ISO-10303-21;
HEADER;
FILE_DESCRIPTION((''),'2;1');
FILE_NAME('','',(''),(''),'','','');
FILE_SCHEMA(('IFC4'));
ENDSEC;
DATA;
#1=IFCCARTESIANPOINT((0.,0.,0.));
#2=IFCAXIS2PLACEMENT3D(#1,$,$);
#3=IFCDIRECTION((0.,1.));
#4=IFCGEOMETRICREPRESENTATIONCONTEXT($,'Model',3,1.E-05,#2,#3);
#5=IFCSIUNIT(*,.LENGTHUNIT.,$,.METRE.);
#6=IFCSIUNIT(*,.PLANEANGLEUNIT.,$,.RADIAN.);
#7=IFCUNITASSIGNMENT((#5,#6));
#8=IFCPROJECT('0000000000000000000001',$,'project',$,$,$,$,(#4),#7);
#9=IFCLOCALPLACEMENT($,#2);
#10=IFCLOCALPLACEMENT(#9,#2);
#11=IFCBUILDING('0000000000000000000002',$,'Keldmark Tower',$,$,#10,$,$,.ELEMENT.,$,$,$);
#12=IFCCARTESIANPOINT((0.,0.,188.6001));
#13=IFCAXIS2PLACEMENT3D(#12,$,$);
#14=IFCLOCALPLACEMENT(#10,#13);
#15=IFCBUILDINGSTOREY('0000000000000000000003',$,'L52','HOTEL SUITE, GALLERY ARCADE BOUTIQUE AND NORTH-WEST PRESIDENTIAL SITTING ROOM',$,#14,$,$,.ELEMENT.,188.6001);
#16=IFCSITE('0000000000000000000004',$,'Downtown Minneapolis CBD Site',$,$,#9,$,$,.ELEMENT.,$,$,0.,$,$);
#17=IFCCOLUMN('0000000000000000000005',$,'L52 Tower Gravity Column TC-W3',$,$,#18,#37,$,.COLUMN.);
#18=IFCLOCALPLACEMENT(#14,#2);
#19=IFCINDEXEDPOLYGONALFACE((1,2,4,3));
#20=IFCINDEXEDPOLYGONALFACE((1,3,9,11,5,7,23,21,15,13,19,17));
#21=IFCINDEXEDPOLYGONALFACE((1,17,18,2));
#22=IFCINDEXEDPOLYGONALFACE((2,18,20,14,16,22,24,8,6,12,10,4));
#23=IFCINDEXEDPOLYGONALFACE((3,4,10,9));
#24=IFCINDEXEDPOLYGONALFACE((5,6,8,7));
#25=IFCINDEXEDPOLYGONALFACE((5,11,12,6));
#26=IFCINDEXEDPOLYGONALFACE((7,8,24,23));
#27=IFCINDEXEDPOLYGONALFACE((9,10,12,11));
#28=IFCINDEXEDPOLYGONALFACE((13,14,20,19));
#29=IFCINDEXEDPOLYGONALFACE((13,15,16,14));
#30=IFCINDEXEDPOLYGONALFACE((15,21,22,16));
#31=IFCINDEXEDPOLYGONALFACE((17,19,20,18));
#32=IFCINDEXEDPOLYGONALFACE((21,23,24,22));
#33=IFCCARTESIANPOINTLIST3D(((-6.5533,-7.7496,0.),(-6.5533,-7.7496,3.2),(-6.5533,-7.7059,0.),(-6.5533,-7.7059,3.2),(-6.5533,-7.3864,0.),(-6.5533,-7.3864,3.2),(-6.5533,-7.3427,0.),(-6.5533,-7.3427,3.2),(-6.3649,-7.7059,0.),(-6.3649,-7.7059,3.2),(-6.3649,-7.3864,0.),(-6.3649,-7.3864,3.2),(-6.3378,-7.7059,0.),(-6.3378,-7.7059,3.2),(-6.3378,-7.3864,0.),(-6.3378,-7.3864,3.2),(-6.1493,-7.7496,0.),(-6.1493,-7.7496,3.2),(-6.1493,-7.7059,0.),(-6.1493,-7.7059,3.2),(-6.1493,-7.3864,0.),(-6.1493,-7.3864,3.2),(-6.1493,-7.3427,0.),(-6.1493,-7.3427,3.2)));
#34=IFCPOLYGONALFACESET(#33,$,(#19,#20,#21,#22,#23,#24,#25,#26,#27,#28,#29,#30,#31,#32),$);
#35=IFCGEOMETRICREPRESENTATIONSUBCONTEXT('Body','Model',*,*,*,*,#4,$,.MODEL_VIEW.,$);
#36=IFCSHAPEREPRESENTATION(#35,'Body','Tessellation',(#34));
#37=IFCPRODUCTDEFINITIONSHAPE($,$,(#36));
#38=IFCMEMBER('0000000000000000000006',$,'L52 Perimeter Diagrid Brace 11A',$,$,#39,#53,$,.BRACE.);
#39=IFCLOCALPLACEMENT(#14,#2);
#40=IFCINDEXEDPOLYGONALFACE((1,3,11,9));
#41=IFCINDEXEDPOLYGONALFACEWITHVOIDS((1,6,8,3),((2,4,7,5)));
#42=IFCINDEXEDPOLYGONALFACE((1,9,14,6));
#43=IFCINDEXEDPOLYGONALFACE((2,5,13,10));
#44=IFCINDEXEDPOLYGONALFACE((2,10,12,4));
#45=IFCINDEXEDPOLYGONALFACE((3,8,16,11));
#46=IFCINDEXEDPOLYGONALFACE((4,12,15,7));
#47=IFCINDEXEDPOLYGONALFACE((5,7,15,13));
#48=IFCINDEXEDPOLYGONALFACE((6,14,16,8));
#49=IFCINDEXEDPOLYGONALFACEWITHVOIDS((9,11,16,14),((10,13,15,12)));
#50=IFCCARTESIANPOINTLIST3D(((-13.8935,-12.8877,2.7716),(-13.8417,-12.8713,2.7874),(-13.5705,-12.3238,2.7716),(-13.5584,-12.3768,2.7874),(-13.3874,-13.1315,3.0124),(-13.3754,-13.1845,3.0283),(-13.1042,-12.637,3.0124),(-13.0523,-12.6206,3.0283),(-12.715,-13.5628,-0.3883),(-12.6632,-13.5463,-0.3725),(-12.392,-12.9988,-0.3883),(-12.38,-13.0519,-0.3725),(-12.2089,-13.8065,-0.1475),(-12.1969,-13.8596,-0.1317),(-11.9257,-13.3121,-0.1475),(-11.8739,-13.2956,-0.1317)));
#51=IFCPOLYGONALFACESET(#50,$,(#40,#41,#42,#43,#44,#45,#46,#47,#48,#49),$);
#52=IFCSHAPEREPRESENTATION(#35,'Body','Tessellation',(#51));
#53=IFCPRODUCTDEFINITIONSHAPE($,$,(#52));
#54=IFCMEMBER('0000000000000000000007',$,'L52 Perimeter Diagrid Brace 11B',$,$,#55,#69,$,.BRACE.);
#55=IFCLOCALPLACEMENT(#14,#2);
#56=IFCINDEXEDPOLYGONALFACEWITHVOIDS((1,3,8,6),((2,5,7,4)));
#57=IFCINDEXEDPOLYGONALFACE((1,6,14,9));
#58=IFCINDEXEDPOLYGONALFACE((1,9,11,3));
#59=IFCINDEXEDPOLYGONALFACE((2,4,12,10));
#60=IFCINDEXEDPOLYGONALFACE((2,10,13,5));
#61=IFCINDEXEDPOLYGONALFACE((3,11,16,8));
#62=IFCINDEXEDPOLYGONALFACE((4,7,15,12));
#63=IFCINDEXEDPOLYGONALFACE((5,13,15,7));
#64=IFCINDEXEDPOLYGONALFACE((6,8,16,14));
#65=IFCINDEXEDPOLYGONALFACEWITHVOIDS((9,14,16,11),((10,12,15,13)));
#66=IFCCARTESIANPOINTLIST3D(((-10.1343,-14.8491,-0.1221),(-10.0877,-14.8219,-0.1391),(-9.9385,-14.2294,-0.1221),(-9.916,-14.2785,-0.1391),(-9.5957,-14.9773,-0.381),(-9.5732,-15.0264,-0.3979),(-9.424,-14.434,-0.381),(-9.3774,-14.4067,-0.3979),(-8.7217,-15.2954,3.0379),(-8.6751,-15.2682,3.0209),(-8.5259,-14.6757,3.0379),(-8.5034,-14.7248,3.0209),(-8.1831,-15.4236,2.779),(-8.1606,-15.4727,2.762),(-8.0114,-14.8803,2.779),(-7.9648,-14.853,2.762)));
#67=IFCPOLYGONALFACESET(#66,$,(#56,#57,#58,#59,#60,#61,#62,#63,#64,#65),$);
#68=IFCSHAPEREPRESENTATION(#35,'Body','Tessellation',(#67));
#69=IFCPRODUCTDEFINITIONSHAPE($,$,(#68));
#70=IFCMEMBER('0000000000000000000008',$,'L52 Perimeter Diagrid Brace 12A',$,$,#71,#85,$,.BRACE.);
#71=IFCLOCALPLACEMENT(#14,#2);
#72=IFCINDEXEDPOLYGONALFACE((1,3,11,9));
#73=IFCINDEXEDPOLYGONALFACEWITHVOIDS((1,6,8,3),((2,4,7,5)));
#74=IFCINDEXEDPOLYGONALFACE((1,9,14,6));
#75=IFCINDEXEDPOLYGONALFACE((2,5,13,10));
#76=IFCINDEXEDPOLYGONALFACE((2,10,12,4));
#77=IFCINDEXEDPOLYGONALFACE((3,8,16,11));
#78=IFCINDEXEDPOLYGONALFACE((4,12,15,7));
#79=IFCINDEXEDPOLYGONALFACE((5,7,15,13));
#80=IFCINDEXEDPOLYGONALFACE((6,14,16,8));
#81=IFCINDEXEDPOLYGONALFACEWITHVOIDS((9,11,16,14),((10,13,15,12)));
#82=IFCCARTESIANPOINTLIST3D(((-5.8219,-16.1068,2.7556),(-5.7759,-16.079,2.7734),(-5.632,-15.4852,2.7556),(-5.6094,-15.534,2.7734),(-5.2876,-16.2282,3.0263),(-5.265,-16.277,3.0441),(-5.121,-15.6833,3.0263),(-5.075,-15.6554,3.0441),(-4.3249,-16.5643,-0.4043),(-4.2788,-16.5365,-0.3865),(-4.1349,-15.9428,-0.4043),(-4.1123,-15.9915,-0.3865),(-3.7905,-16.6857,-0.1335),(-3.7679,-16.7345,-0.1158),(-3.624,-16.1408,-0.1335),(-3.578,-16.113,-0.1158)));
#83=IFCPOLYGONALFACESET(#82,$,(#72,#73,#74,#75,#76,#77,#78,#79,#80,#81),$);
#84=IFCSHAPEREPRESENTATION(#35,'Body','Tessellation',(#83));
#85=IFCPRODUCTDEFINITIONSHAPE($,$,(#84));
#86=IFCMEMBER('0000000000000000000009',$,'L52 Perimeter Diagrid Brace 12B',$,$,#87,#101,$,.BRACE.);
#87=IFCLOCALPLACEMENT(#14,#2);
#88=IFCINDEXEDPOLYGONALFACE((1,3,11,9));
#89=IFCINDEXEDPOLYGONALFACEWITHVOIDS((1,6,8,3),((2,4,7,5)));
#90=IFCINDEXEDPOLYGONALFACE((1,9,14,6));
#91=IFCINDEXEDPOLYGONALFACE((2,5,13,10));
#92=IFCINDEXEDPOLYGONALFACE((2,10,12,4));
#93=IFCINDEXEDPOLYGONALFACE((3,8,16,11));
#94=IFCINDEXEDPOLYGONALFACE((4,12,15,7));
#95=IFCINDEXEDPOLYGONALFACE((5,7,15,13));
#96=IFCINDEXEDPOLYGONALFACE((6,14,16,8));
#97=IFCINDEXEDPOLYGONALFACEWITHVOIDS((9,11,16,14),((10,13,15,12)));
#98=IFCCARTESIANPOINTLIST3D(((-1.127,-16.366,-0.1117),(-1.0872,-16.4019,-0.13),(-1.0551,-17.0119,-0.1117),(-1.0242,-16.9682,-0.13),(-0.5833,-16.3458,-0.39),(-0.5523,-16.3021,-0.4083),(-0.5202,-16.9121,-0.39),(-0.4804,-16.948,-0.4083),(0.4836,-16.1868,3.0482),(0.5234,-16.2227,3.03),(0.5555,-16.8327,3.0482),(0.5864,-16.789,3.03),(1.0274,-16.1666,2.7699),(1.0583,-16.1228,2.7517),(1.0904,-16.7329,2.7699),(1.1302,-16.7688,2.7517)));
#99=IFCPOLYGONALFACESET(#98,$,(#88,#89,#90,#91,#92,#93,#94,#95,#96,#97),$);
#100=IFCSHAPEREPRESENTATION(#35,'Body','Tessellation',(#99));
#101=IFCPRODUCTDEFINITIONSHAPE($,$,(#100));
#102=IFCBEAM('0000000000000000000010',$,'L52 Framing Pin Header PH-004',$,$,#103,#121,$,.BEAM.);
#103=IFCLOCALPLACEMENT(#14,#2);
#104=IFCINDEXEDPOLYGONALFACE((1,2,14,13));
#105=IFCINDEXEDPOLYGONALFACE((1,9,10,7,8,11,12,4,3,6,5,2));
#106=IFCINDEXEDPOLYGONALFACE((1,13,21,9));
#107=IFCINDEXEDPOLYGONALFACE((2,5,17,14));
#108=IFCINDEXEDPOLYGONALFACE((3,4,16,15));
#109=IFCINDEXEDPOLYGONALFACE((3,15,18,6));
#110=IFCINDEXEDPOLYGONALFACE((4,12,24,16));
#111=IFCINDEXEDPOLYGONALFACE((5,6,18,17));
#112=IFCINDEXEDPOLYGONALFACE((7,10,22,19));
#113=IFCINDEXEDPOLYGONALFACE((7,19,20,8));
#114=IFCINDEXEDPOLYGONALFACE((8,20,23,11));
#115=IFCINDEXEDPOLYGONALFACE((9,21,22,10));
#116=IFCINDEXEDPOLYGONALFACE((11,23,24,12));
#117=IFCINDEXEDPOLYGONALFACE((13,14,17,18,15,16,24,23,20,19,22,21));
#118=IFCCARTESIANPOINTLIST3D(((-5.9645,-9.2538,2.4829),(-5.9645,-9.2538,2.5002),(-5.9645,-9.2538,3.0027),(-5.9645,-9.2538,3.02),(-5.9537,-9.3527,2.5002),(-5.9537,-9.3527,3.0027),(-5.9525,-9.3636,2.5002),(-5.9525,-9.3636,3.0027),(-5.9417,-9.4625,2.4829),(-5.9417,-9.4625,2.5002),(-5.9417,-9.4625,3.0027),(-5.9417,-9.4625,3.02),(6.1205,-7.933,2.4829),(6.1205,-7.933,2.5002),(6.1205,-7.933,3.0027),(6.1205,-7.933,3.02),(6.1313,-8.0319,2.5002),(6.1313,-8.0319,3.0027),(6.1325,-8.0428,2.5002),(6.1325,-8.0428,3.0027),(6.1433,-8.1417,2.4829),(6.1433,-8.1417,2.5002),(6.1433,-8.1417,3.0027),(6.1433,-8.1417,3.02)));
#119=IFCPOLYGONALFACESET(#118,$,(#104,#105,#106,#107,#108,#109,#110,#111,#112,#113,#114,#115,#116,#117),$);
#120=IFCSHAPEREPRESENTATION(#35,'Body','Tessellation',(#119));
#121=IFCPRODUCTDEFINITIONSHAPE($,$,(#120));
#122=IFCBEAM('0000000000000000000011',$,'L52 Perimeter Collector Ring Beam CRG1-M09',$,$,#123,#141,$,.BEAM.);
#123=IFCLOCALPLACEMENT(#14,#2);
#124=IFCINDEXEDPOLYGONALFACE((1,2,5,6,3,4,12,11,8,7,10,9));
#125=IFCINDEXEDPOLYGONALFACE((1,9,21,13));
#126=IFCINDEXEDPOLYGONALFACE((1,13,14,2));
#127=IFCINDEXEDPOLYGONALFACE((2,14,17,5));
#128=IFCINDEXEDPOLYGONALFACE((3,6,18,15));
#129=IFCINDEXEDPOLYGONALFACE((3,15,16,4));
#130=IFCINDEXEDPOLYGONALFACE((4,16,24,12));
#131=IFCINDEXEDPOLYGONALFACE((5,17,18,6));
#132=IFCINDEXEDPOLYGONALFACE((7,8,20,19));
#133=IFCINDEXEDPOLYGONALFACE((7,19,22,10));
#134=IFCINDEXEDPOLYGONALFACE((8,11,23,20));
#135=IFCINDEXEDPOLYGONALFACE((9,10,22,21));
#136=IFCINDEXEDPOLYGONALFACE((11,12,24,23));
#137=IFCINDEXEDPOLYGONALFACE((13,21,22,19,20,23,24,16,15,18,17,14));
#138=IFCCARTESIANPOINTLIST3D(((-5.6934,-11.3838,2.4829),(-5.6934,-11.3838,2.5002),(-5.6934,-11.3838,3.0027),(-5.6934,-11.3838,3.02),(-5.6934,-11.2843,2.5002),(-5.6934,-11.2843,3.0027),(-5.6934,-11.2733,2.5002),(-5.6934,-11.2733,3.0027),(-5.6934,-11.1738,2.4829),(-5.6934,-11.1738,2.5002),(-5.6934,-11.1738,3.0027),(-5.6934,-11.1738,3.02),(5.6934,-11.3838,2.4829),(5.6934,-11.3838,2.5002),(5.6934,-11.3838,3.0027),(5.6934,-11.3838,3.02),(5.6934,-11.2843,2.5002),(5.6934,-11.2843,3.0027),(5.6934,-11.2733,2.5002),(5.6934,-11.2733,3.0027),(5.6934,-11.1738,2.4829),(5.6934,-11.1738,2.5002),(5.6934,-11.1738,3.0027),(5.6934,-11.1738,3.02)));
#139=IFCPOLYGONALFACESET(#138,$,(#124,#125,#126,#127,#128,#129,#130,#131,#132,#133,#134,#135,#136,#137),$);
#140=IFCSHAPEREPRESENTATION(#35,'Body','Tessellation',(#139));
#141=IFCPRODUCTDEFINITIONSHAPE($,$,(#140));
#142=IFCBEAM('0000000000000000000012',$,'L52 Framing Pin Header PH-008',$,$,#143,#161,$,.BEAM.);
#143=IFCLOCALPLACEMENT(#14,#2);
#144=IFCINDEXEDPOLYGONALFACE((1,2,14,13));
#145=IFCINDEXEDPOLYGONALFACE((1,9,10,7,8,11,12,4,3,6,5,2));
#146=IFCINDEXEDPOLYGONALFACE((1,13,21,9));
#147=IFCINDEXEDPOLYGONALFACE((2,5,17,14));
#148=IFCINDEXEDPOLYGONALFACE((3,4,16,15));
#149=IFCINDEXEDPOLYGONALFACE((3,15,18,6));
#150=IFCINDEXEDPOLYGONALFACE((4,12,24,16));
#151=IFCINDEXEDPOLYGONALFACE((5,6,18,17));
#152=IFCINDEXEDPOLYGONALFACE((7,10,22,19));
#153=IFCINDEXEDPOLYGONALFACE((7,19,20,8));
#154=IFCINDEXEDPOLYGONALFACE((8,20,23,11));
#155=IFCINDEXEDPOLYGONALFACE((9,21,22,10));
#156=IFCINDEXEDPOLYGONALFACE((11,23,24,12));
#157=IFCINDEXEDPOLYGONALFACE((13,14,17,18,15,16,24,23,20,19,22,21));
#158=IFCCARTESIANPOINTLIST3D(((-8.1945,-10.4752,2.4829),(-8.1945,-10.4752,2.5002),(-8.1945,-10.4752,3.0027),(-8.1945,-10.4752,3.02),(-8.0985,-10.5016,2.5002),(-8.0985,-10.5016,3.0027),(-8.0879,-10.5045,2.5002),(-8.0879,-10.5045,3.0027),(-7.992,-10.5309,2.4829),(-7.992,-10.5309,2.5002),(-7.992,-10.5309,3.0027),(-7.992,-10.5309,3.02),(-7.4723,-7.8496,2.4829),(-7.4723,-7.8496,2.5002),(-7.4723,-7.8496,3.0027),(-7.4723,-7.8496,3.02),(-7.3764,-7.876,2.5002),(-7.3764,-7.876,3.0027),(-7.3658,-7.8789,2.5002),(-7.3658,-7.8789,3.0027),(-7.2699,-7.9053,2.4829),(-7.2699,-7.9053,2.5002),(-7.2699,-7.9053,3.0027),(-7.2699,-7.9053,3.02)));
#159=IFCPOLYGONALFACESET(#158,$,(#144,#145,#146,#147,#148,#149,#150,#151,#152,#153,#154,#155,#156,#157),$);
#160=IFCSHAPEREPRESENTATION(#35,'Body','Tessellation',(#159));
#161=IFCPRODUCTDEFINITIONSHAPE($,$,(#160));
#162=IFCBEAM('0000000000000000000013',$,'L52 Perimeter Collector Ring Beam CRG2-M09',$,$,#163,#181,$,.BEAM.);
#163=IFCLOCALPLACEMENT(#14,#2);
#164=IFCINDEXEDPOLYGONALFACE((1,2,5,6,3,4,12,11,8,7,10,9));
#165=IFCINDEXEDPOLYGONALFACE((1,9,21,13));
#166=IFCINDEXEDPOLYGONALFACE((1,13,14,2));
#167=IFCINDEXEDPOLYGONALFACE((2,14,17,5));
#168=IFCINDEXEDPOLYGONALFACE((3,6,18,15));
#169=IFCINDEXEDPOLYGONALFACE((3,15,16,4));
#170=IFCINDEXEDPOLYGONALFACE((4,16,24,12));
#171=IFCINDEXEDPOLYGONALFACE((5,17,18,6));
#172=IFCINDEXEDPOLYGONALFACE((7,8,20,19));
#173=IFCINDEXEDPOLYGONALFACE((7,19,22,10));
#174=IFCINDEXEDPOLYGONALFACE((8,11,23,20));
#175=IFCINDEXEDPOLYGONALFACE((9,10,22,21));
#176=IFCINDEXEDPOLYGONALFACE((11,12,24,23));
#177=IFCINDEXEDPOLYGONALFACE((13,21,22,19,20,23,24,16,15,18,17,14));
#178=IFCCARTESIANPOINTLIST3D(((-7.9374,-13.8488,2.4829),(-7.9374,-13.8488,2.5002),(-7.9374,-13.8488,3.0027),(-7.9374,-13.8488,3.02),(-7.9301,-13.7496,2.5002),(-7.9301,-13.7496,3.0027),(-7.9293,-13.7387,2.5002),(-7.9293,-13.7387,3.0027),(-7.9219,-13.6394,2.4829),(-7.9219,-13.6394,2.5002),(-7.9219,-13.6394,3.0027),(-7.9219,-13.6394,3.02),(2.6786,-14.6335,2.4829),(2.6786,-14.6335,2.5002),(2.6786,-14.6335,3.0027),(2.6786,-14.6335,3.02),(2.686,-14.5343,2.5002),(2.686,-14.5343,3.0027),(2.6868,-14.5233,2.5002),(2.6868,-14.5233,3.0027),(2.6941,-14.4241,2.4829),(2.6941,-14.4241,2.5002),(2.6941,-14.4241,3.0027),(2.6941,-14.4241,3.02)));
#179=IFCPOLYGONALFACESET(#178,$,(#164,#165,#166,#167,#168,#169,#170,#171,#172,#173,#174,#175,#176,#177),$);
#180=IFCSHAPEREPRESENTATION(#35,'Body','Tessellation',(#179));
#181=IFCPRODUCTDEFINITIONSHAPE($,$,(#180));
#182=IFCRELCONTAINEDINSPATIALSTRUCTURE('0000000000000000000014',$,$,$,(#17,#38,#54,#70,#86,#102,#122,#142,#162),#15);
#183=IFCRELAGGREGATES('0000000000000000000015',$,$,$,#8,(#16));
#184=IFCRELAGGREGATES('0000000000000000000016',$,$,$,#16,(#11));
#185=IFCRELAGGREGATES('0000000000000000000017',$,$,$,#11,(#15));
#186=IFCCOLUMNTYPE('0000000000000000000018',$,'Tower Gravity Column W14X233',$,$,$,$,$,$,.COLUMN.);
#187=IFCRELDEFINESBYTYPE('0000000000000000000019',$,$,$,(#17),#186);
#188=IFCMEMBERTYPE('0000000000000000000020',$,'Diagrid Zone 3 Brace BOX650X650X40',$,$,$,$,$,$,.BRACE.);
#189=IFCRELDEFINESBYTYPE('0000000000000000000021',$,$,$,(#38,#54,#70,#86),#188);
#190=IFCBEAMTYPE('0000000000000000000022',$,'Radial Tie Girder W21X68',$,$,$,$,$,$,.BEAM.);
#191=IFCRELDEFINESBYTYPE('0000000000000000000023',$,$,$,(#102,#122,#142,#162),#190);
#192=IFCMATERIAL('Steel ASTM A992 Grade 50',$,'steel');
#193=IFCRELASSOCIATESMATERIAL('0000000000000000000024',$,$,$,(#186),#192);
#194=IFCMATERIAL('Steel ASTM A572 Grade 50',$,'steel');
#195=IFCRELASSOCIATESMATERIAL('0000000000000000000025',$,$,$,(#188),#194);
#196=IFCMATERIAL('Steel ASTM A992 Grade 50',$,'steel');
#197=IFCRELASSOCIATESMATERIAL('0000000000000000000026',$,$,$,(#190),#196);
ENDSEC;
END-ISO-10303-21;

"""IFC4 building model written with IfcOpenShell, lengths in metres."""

from ifc_helpers import new_model, si_unit, direction, frame, origin, origin_2d, place, context, subcontext, project, spatial, hollow_rectangle, i_section, extrude, material, material_profile, profile_set, type_object, element, save


model = new_model("IFC4")

# Units and contexts
model_context = context("Model", 3, precision=1e-05, world=origin(), true_north=direction((0.0, 1.0)))
body_context = subcontext(model_context, "Body", "Model", "MODEL_VIEW")
ifc_project = project(units=[si_unit("LENGTHUNIT", "METRE"), si_unit("PLANEANGLEUNIT", "RADIAN")], contexts=[model_context])

# Site, building, storey
site_placement = place(None, origin())
site = spatial("IfcSite", under=ifc_project, at=site_placement, Name="Downtown Minneapolis CBD Site", CompositionType="ELEMENT", RefElevation=0.0)
building_placement = place(site_placement, origin())
building = spatial("IfcBuilding", under=site, at=building_placement, Name="Keldmark Tower", CompositionType="ELEMENT")
storey_placement = place(building_placement, frame((0.0, 0.0, 188.6001)))
storey = spatial("IfcBuildingStorey", under=building, at=storey_placement, Name="L52", Description="HOTEL SUITE, GALLERY ARCADE BOUTIQUE AND NORTH-WEST PRESIDENTIAL SITTING ROOM", CompositionType="ELEMENT", Elevation=188.6001)

# Column
ifc_material_1 = material(Name="Steel ASTM A992 Grade 50", Category="steel")
ifc_material_profile_1 = material_profile(ifc_material_1, i_section(OverallWidth=0.4041, OverallDepth=0.407, WebThickness=0.0271, FlangeThickness=0.0437, at=origin_2d()), Name="W14X233")
ifc_profile_set_1 = profile_set([ifc_material_profile_1], Name="Steel ASTM A992 Grade 50")
column_type = type_object("IfcColumnType", Name="Tower Gravity Column W14X233", PredefinedType="COLUMN", material=ifc_profile_set_1)
column_placement = place(storey_placement, frame((-6.3513, -7.5461, 0.0), z_axis=(0.0, 0.0, 1.0), x_axis=(1.0, 0.0, 0.0)))
element("IfcColumn", 1, at=column_placement, inside=storey, type_object=column_type, Name="L52 Tower Gravity Column TC-W3", PredefinedType="COLUMN", context=body_context, shape_type="SweptSolid", body=[
    extrude(i_section(OverallWidth=0.4041, OverallDepth=0.407, WebThickness=0.0271, FlangeThickness=0.0437, at=origin_2d()), origin(), (0.0, 0.0, 1.0), 3.2),
])

# Members
ifc_material_2 = material(Name="Steel ASTM A572 Grade 50", Category="steel")
ifc_material_profile_2 = material_profile(ifc_material_2, hollow_rectangle(XDim=0.6499, YDim=0.6499, WallThickness=0.04, at=origin_2d()), Name="BOX650X650X40")
ifc_profile_set_2 = profile_set([ifc_material_profile_2], Name="Steel ASTM A572 Grade 50")
member_type = type_object("IfcMemberType", Name="Diagrid Zone 3 Brace BOX650X650X40", PredefinedType="BRACE", material=ifc_profile_set_2)
member_1_placement = place(storey_placement, frame((-12.2944, -13.4292, -0.26), z_axis=(-0.342637, 0.196269, 0.918738), x_axis=(-0.497049, -0.867723, 0.0)))
element("IfcMember", 2, at=member_1_placement, inside=storey, type_object=member_type, Name="L52 Perimeter Diagrid Brace 11A", PredefinedType="BRACE", context=body_context, shape_type="SweptSolid", body=[
    extrude(hollow_rectangle(XDim=0.6499, YDim=0.6499, WallThickness=0.04, at=origin_2d()), origin(), (0.0, 0.0, 1.0), 3.4395),
])
member_2_placement = place(storey_placement, frame((-9.7559, -14.6279, -0.26), z_axis=(0.404763, -0.127879, 0.905436), x_axis=(0.301258, 0.953543, 0.0)))
element("IfcMember", 3, at=member_2_placement, inside=storey, type_object=member_type, Name="L52 Perimeter Diagrid Brace 11B", PredefinedType="BRACE", context=body_context, shape_type="SweptSolid", body=[
    extrude(hollow_rectangle(XDim=0.6499, YDim=0.6499, WallThickness=0.04, at=origin_2d()), origin(), (0.0, 0.0, 1.0), 3.49),
])
member_3_placement = place(storey_placement, frame((-3.9514, -16.3386, -0.26), z_axis=(-0.424531, 0.129741, 0.89607), x_axis=(-0.292266, -0.956337, 0.0)))
element("IfcMember", 4, at=member_3_placement, inside=storey, type_object=member_type, Name="L52 Perimeter Diagrid Brace 12A", PredefinedType="BRACE", context=body_context, shape_type="SweptSolid", body=[
    extrude(hollow_rectangle(XDim=0.6499, YDim=0.6499, WallThickness=0.04, at=origin_2d()), origin(), (0.0, 0.0, 1.0), 3.5264),
])
member_4_placement = place(storey_placement, frame((-0.8037, -16.657, -0.26), z_axis=(0.453533, 0.050461, 0.88981), x_axis=(-0.11058, 0.993867, 0.0)))
element("IfcMember", 5, at=member_4_placement, inside=storey, type_object=member_type, Name="L52 Perimeter Diagrid Brace 12B", PredefinedType="BRACE", context=body_context, shape_type="SweptSolid", body=[
    extrude(hollow_rectangle(XDim=0.6499, YDim=0.6499, WallThickness=0.04, at=origin_2d()), origin(), (0.0, 0.0, 1.0), 3.5513),
])

# Beams
ifc_material_3 = material(Name="Steel ASTM A992 Grade 50", Category="steel")
ifc_material_profile_3 = material_profile(ifc_material_3, i_section(OverallWidth=0.21, OverallDepth=0.5371, WebThickness=0.011, FlangeThickness=0.0173, at=origin_2d()), Name="W21X68")
ifc_profile_set_3 = profile_set([ifc_material_profile_3], Name="Steel ASTM A992 Grade 50")
beam_type_1 = type_object("IfcBeamType", Name="Radial Tie Girder W21X68", PredefinedType="BEAM", material=ifc_profile_set_3)
beam_1_placement = place(storey_placement, frame((-5.9531, -9.3582, 2.7515), z_axis=(0.994081, 0.108646, 0.0), x_axis=(-0.108646, 0.994081, 0.0)))
element("IfcBeam", 6, at=beam_1_placement, inside=storey, type_object=beam_type_1, Name="L52 Framing Pin Header PH-004", PredefinedType="BEAM", context=body_context, shape_type="SweptSolid", body=[
    extrude(i_section(OverallWidth=0.21, OverallDepth=0.5371, WebThickness=0.011, FlangeThickness=0.0173, at=origin_2d()), origin(), (0.0, 0.0, 1.0), 12.157),
])
beam_2_placement = place(storey_placement, frame((-5.6934, -11.2788, 2.7515), z_axis=(1.0, 0.0, 0.0), x_axis=(0.0, 1.0, 0.0)))
element("IfcBeam", 7, at=beam_2_placement, inside=storey, type_object=beam_type_1, Name="L52 Perimeter Collector Ring Beam CRG1-M09", PredefinedType="BEAM", context=body_context, shape_type="SweptSolid", body=[
    extrude(i_section(OverallWidth=0.21, OverallDepth=0.5371, WebThickness=0.011, FlangeThickness=0.0173, at=origin_2d()), origin(), (0.0, 0.0, 1.0), 11.3867),
])
beam_3_placement = place(storey_placement, frame((-7.3711, -7.8774, 2.7515), z_axis=(-0.265188, -0.964197, 0.0), x_axis=(0.964197, -0.265188, 0.0)))
element("IfcBeam", 8, at=beam_3_placement, inside=storey, type_object=beam_type_1, Name="L52 Framing Pin Header PH-008", PredefinedType="BEAM", context=body_context, shape_type="SweptSolid", body=[
    extrude(i_section(OverallWidth=0.21, OverallDepth=0.5371, WebThickness=0.011, FlangeThickness=0.0173, at=origin_2d()), origin(), (0.0, 0.0, 1.0), 2.7231),
])
beam_4_placement = place(storey_placement, frame((-7.9297, -13.7441, 2.7515), z_axis=(0.99728, -0.073713, 0.0), x_axis=(0.073713, 0.99728, 0.0)))
element("IfcBeam", 9, at=beam_4_placement, inside=storey, type_object=beam_type_1, Name="L52 Perimeter Collector Ring Beam CRG2-M09", PredefinedType="BEAM", context=body_context, shape_type="SweptSolid", body=[
    extrude(i_section(OverallWidth=0.21, OverallDepth=0.5371, WebThickness=0.011, FlangeThickness=0.0173, at=origin_2d()), origin(), (0.0, 0.0, 1.0), 10.645),
])

save(model, "model.ifc")
